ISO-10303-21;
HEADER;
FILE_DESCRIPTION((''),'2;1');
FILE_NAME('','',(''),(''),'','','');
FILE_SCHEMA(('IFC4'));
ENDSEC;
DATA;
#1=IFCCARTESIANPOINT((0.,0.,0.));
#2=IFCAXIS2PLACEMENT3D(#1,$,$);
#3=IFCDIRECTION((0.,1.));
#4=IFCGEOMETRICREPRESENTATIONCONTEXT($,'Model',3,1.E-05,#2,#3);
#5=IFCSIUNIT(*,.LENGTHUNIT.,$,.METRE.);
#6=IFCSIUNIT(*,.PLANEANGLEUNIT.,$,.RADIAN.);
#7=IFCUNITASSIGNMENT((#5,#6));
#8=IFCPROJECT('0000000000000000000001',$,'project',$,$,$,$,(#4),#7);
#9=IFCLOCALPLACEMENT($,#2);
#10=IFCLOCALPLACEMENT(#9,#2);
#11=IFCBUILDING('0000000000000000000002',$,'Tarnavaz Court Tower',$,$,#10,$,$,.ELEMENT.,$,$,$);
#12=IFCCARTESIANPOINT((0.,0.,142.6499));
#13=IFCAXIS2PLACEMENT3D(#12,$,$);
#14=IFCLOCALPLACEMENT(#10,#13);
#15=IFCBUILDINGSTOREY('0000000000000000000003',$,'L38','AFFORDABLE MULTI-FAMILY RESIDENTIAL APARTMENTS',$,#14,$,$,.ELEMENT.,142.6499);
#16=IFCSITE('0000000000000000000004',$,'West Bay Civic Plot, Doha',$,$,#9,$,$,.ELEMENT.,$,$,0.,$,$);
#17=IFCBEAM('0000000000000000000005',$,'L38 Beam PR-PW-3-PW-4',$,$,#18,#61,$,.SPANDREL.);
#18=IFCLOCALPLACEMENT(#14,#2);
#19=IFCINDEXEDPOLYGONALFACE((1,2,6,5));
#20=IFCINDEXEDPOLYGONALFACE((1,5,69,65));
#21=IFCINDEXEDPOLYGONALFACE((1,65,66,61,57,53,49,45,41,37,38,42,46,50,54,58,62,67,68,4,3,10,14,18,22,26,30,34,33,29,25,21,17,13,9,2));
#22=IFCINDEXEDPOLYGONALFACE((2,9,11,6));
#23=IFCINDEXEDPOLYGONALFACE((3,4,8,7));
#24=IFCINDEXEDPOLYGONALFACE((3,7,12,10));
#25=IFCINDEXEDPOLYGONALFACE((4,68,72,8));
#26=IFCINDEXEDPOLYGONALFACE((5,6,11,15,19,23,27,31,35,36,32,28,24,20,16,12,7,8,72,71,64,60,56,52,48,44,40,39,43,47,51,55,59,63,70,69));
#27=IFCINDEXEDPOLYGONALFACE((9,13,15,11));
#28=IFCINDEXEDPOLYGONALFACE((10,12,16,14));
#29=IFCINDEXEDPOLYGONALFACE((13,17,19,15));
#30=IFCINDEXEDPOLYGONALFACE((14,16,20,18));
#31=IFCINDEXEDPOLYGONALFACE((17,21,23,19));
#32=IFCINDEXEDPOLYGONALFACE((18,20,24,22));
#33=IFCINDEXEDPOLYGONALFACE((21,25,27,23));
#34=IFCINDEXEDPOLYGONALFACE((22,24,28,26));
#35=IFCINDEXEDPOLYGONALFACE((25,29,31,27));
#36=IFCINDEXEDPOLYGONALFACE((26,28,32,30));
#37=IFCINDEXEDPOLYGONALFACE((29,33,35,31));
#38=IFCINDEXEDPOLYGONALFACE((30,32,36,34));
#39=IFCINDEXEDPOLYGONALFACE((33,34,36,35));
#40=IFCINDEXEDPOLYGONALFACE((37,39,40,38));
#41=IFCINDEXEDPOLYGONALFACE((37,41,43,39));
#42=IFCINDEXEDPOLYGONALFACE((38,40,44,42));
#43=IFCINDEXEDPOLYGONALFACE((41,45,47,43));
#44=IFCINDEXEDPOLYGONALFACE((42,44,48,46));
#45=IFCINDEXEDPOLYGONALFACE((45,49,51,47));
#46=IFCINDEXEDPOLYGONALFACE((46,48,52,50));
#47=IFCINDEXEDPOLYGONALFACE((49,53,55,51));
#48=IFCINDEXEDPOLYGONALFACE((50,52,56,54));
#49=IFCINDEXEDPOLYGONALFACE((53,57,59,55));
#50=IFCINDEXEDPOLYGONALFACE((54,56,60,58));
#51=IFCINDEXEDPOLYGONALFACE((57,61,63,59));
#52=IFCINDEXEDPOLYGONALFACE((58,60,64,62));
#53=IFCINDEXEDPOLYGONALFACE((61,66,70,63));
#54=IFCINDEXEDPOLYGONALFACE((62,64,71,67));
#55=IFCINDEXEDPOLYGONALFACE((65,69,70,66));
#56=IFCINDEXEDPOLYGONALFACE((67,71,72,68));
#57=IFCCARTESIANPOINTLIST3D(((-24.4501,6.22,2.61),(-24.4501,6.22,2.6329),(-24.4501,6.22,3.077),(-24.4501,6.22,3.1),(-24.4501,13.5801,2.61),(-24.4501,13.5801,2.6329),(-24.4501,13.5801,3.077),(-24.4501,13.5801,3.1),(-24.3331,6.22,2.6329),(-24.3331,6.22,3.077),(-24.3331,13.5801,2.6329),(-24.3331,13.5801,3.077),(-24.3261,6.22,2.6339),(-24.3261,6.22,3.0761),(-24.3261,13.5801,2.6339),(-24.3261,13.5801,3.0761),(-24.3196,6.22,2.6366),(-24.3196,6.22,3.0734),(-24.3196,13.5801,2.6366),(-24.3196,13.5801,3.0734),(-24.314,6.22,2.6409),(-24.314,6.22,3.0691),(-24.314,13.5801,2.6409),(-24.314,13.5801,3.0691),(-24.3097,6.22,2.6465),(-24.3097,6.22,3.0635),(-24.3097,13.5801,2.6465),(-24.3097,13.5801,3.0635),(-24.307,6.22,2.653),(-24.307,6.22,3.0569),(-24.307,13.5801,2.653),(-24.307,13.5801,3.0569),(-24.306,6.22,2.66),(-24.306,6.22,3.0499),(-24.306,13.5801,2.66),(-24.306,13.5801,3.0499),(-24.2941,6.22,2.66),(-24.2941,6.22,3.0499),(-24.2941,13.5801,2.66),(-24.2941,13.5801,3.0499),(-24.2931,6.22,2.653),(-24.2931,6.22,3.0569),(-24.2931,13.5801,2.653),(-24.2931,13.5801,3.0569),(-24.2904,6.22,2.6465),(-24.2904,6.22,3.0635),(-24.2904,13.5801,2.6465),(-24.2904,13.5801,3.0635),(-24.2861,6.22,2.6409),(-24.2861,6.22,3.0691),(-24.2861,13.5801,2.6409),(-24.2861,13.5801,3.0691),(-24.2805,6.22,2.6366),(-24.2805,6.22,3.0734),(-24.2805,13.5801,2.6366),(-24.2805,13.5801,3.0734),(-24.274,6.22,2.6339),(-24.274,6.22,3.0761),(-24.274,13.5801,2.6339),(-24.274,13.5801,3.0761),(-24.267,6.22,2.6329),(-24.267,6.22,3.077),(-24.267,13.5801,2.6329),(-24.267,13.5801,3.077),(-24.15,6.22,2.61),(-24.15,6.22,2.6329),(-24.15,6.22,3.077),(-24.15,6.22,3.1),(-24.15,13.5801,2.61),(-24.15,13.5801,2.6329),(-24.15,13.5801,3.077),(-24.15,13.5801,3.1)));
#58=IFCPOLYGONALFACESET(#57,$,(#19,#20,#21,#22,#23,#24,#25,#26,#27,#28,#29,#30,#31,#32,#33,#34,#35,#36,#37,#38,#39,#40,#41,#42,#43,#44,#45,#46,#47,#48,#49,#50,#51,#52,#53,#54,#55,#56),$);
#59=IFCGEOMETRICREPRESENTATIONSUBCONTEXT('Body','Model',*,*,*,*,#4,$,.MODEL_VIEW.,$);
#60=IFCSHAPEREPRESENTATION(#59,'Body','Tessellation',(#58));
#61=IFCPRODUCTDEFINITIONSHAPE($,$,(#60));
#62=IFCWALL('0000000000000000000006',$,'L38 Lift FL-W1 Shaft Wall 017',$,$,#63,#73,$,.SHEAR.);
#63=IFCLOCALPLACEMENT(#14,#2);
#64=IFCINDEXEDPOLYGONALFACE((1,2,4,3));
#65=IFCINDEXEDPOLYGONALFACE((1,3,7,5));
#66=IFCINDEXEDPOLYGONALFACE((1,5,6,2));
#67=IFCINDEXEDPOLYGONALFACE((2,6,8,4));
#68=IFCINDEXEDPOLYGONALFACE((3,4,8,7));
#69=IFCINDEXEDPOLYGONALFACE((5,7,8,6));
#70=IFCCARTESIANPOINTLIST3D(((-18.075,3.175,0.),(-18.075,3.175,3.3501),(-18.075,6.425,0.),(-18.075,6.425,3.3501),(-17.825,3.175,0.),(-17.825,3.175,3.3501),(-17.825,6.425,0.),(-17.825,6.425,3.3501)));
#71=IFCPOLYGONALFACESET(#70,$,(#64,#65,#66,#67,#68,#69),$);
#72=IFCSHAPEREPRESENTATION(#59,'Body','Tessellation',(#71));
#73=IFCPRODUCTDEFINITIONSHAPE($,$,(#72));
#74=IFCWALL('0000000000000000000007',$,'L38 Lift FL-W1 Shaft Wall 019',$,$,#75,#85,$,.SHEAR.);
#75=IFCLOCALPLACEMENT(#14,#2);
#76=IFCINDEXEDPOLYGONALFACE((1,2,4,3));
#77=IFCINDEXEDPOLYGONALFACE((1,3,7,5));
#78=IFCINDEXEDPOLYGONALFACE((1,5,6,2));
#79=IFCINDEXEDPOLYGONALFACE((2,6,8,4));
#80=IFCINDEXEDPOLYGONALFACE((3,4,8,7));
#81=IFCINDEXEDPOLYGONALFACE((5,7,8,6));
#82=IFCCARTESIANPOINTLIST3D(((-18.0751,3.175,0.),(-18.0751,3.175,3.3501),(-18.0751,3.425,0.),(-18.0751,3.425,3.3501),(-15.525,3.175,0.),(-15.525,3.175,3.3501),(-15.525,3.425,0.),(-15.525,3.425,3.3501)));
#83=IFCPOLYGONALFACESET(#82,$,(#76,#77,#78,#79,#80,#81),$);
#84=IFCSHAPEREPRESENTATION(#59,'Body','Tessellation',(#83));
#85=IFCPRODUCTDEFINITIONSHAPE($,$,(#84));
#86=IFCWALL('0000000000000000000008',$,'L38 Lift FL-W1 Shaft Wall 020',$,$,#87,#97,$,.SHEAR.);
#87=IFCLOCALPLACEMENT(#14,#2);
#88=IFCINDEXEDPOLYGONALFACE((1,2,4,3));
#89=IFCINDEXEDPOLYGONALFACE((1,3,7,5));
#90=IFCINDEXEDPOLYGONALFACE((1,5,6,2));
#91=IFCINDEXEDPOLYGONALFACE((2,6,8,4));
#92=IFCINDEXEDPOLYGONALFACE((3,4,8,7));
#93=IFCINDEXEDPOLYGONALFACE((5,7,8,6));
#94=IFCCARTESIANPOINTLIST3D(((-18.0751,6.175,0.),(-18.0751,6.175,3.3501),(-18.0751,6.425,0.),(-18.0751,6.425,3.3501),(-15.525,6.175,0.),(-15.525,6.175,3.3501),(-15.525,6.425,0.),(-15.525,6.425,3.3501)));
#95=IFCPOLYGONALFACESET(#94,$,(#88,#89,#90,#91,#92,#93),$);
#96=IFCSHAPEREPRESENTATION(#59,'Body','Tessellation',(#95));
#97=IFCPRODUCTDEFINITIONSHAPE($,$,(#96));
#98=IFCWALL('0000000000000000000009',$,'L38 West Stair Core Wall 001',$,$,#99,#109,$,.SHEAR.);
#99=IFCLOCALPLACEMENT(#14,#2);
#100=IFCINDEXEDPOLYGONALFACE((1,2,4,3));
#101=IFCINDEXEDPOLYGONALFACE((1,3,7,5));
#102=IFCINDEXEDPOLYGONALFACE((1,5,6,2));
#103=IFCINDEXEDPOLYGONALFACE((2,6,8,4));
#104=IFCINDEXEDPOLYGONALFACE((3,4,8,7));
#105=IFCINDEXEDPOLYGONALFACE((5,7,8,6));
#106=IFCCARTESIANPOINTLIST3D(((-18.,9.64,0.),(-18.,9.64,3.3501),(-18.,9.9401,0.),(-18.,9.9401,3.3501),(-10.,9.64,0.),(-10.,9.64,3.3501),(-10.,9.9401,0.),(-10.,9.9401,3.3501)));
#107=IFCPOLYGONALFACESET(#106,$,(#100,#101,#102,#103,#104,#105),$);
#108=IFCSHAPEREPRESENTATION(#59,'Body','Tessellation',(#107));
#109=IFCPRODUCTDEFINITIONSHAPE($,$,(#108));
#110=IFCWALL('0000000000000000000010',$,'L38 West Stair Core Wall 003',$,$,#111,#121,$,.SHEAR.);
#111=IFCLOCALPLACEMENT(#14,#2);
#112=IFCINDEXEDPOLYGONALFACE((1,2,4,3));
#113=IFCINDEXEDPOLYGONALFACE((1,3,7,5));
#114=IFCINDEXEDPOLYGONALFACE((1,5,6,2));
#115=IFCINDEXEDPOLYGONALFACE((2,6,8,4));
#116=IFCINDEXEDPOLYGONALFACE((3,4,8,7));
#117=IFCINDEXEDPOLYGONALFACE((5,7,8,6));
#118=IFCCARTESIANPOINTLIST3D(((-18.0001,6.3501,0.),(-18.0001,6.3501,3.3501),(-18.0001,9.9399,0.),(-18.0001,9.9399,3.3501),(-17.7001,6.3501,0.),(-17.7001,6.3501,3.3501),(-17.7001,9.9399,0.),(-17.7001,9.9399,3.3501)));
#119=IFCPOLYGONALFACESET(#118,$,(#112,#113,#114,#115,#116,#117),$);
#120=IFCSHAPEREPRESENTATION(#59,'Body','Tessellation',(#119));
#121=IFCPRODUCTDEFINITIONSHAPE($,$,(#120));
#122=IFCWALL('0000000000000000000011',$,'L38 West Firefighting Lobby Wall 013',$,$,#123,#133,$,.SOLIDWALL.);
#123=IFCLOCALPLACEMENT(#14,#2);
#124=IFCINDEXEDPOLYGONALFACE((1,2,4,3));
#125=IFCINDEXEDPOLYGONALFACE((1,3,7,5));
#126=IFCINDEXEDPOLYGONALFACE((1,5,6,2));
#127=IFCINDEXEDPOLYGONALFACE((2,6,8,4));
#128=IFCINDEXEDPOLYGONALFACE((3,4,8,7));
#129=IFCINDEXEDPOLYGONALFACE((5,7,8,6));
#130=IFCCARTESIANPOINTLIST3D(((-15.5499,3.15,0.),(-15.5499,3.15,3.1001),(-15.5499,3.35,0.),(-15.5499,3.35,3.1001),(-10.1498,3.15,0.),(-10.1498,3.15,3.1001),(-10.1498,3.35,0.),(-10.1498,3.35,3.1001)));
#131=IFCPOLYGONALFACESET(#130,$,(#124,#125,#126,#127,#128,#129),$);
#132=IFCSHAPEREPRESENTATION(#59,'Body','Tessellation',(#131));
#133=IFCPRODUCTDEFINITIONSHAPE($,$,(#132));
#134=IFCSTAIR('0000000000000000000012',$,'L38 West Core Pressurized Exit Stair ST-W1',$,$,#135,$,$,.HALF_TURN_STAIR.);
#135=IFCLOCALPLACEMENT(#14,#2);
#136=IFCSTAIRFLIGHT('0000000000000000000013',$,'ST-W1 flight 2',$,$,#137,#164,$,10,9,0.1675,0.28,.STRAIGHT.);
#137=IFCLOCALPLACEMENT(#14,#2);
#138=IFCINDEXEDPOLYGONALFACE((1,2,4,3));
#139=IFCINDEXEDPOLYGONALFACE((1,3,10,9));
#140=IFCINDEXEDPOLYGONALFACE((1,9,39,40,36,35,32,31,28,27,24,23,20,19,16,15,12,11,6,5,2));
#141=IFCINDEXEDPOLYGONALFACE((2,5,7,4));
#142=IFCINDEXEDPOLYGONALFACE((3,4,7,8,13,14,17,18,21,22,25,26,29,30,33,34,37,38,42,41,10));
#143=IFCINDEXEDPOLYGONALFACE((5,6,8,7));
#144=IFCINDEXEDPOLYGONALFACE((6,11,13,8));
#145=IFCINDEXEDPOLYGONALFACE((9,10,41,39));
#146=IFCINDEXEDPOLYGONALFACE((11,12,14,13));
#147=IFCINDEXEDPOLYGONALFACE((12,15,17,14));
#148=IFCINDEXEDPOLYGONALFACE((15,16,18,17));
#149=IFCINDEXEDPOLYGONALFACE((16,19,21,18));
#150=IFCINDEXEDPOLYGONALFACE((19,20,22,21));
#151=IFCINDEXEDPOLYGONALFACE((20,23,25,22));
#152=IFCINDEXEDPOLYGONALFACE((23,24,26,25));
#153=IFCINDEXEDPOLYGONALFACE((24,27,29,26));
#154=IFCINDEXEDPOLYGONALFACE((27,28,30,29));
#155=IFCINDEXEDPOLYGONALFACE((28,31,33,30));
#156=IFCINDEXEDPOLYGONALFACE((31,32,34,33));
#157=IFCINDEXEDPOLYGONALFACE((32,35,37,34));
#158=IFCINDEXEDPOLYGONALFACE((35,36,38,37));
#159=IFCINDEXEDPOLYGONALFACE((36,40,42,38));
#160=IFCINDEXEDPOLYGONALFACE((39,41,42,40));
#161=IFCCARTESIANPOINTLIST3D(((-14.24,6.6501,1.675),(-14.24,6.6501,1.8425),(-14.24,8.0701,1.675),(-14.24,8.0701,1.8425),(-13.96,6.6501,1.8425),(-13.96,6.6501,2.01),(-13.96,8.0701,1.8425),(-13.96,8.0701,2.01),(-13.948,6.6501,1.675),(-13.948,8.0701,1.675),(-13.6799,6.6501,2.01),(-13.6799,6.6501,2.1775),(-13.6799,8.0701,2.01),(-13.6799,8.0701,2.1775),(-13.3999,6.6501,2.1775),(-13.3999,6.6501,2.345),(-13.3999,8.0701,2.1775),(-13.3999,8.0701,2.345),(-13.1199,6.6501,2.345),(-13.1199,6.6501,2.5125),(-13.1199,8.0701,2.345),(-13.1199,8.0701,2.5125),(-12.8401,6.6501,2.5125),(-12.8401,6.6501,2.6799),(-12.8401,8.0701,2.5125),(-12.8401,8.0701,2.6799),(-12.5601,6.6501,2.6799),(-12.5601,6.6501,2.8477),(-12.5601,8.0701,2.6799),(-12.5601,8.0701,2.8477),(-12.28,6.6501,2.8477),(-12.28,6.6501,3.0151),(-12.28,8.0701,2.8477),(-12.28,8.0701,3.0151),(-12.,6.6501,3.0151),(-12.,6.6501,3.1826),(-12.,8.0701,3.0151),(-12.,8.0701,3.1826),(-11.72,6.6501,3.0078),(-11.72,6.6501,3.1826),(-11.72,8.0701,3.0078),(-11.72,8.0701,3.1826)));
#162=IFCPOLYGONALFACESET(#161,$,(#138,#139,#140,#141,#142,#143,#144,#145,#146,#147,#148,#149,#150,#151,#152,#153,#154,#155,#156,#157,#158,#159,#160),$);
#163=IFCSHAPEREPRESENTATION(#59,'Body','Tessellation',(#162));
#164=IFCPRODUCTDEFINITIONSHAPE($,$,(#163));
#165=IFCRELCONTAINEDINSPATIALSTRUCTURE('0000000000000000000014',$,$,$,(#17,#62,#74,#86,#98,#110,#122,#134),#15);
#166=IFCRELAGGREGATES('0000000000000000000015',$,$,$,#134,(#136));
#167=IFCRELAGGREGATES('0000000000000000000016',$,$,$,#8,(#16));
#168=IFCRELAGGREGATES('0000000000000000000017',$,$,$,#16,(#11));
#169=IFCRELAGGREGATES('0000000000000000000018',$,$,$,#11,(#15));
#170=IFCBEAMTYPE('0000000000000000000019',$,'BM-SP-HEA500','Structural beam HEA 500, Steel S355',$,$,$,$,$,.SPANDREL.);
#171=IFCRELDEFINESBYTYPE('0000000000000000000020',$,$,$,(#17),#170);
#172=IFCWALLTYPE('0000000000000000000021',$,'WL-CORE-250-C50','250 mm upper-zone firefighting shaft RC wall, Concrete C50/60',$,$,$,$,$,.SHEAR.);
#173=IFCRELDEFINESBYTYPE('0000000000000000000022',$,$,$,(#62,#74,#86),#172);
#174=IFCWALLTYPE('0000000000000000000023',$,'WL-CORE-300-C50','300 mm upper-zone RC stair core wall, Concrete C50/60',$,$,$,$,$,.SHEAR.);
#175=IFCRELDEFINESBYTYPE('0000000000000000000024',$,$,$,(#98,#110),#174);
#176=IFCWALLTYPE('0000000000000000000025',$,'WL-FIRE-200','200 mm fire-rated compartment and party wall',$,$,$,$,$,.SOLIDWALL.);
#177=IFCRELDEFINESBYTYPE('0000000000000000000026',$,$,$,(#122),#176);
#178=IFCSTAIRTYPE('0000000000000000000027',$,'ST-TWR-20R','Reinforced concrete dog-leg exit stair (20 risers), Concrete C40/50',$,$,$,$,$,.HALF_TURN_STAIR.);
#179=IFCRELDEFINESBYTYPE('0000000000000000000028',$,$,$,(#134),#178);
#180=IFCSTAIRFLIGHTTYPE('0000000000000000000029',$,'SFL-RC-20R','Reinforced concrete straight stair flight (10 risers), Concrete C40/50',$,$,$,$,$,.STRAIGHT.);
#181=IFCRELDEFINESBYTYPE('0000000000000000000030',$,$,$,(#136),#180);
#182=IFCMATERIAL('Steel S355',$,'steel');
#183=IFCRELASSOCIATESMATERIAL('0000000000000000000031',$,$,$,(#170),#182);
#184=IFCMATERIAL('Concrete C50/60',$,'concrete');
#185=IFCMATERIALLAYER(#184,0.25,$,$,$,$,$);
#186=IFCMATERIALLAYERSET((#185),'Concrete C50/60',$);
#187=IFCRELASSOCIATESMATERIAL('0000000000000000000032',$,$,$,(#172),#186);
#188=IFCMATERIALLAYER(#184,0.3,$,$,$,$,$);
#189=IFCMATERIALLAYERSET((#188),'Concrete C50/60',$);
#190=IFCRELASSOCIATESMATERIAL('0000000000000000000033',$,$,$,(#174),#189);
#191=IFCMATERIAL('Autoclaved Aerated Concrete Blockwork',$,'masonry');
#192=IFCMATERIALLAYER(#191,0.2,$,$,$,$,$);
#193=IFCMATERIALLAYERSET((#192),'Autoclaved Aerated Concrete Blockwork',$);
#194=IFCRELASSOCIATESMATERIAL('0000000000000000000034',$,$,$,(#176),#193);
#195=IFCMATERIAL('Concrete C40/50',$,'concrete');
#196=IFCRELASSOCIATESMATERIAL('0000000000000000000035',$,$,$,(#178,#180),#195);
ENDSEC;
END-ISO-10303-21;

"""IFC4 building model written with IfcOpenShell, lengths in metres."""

from ifc_helpers import new_model, si_unit, direction, frame, frame_2d, origin, origin_2d, place, context, subcontext, project, spatial, polyline, rectangle, i_section, outline, extrude, material, layer, layer_set, material_profile, profile_set, type_object, element, aggregate, save


model = new_model("IFC4")

# Units and contexts
model_context = context("Model", 3, precision=1e-05, world=origin(), true_north=direction((0.0, 1.0)))
body_context = subcontext(model_context, "Body", "Model", "MODEL_VIEW")
ifc_project = project(units=[si_unit("LENGTHUNIT", "METRE"), si_unit("PLANEANGLEUNIT", "RADIAN")], contexts=[model_context])

# Site, building, storey
site_placement = place(None, origin())
site = spatial("IfcSite", under=ifc_project, at=site_placement, Name="West Bay Civic Plot, Doha", CompositionType="ELEMENT", RefElevation=0.0)
building_placement = place(site_placement, origin())
building = spatial("IfcBuilding", under=site, at=building_placement, Name="Tarnavaz Court Tower", CompositionType="ELEMENT")
storey_placement = place(building_placement, frame((0.0, 0.0, 142.6499)))
storey = spatial("IfcBuildingStorey", under=building, at=storey_placement, Name="L38", Description="AFFORDABLE MULTI-FAMILY RESIDENTIAL APARTMENTS", CompositionType="ELEMENT", Elevation=142.6499)

# Shared definitions
ifc_material_1 = material(Name="Concrete C50/60", Category="concrete")

# Beam
ifc_material_2 = material(Name="Steel S355", Category="steel")
ifc_material_profile_1 = material_profile(ifc_material_2, i_section(OverallWidth=0.3, OverallDepth=0.49, WebThickness=0.012, FlangeThickness=0.0229, FilletRadius=0.0271, at=origin_2d()), Name="HEA 500")
ifc_profile_set_1 = profile_set([ifc_material_profile_1], Name="Steel S355")
beam_type_1 = type_object("IfcBeamType", Name="BM-SP-HEA500", Description="Structural beam HEA 500, Steel S355", PredefinedType="SPANDREL", material=ifc_profile_set_1)
beam_1_placement = place(storey_placement, frame((-24.3, 6.22, 2.855), z_axis=(0.0, 1.0, 0.0), x_axis=(-1.0, 0.0, 0.0)))
element("IfcBeam", 1, at=beam_1_placement, inside=storey, type_object=beam_type_1, Name="L38 Beam PR-PW-3-PW-4", PredefinedType="SPANDREL", context=body_context, shape_type="SweptSolid", body=[
    extrude(i_section(OverallWidth=0.3, OverallDepth=0.49, WebThickness=0.012, FlangeThickness=0.0229, FilletRadius=0.0271, at=origin_2d()), origin(), (0.0, 0.0, 1.0), 7.3601),
])

# Wall
ifc_layer_1 = layer(ifc_material_1, 0.25)
ifc_layer_set_1 = layer_set([ifc_layer_1], Name="Concrete C50/60")
wall_type_1 = type_object("IfcWallType", Name="WL-CORE-250-C50", Description="250 mm upper-zone firefighting shaft RC wall, Concrete C50/60", PredefinedType="SHEAR", material=ifc_layer_set_1)
wall_1_placement = place(storey_placement, frame((-17.95, 3.175, 0.0), z_axis=(0.0, 0.0, 1.0), x_axis=(0.0, 1.0, 0.0)))
element("IfcWall", 2, at=wall_1_placement, inside=storey, type_object=wall_type_1, Name="L38 Lift FL-W1 Shaft Wall 017", PredefinedType="SHEAR", context=body_context, shape_type="SweptSolid", body=[
    extrude(rectangle(XDim=3.25, YDim=0.25, at=frame_2d((1.625, 0.0))), origin(), (0.0, 0.0, 1.0), 3.3501),
])

# Walls
for number, where, z_axis, x_axis, name in (
    (3, (-18.075, 3.3, 0.0), (0.0, 0.0, 1.0), (1.0, 0.0, 0.0), "L38 Lift FL-W1 Shaft Wall 019"),
    (4, (-18.075, 6.3, 0.0), (0.0, 0.0, 1.0), (1.0, 0.0, 0.0), "L38 Lift FL-W1 Shaft Wall 020"),
):
    element("IfcWall", number, at=place(storey_placement, frame(where, z_axis=z_axis, x_axis=x_axis)), inside=storey, type_object=wall_type_1, Name=name, PredefinedType="SHEAR", context=body_context, shape_type="SweptSolid", body=[
        extrude(rectangle(XDim=2.55, YDim=0.25, at=frame_2d((1.2749, 0.0))), origin(), (0.0, 0.0, 1.0), 3.3501),
    ])
ifc_layer_2 = layer(ifc_material_1, 0.3)
ifc_layer_set_2 = layer_set([ifc_layer_2], Name="Concrete C50/60")
wall_type_2 = type_object("IfcWallType", Name="WL-CORE-300-C50", Description="300 mm upper-zone RC stair core wall, Concrete C50/60", PredefinedType="SHEAR", material=ifc_layer_set_2)
wall_2_placement = place(storey_placement, frame((-18.0, 9.79, 0.0), z_axis=(0.0, 0.0, 1.0), x_axis=(1.0, 0.0, 0.0)))
element("IfcWall", 5, at=wall_2_placement, inside=storey, type_object=wall_type_2, Name="L38 West Stair Core Wall 001", PredefinedType="SHEAR", context=body_context, shape_type="SweptSolid", body=[
    extrude(rectangle(XDim=8.0, YDim=0.3, at=frame_2d((4.0, 0.0))), origin(), (0.0, 0.0, 1.0), 3.3501),
])

# Walls
wall_3_placement = place(storey_placement, frame((-17.8501, 6.3501, 0.0), z_axis=(0.0, 0.0, 1.0), x_axis=(0.0, 1.0, 0.0)))
element("IfcWall", 6, at=wall_3_placement, inside=storey, type_object=wall_type_2, Name="L38 West Stair Core Wall 003", PredefinedType="SHEAR", context=body_context, shape_type="SweptSolid", body=[
    extrude(rectangle(XDim=3.5898, YDim=0.3, at=frame_2d((1.7949, 0.0))), origin(), (0.0, 0.0, 1.0), 3.3501),
])
ifc_material_3 = material(Name="Autoclaved Aerated Concrete Blockwork", Category="masonry")
ifc_layer_3 = layer(ifc_material_3, 0.2)
ifc_layer_set_3 = layer_set([ifc_layer_3], Name="Autoclaved Aerated Concrete Blockwork")
wall_type_3 = type_object("IfcWallType", Name="WL-FIRE-200", Description="200 mm fire-rated compartment and party wall", PredefinedType="SOLIDWALL", material=ifc_layer_set_3)
wall_4_placement = place(storey_placement, frame((-15.55, 3.25, 0.0), z_axis=(0.0, 0.0, 1.0), x_axis=(1.0, 0.0, 0.0)))
element("IfcWall", 7, at=wall_4_placement, inside=storey, type_object=wall_type_3, Name="L38 West Firefighting Lobby Wall 013", PredefinedType="SOLIDWALL", context=body_context, shape_type="SweptSolid", body=[
    extrude(rectangle(XDim=5.4001, YDim=0.2, at=frame_2d((2.7002, 0.0))), origin(), (0.0, 0.0, 1.0), 3.1001),
])

# Stair, stair flight
ifc_material_4 = material(Name="Concrete C40/50", Category="concrete")
stair_type = type_object("IfcStairType", Name="ST-TWR-20R", Description="Reinforced concrete dog-leg exit stair (20 risers), Concrete C40/50", PredefinedType="HALF_TURN_STAIR", material=ifc_material_4)
stair_placement = place(storey_placement, origin())
stair = element("IfcStair", 8, at=stair_placement, inside=storey, type_object=stair_type, Name="L38 West Core Pressurized Exit Stair ST-W1", PredefinedType="HALF_TURN_STAIR")
stair_flight_type = type_object("IfcStairFlightType", Name="SFL-RC-20R", Description="Reinforced concrete straight stair flight (10 risers), Concrete C40/50", PredefinedType="STRAIGHT", material=ifc_material_4)
stair_flight_placement = place(storey_placement, frame((-14.24, 7.3601, 1.675), z_axis=(0.0, 0.0, 1.0), x_axis=(1.0, 0.0, 0.0)))
stair_flight = element("IfcStairFlight", 9, at=stair_flight_placement, type_object=stair_flight_type, Name="ST-W1 flight 2", NumberOfRisers=10, NumberOfTreads=9, PredefinedType="STRAIGHT", RiserHeight=0.1675, TreadLength=0.28, context=body_context, shape_type="SweptSolid", body=[
    extrude(outline(polyline([(0.0, 0.0), (0.0, 0.1675), (0.28, 0.1675), (0.28, 0.335), (0.5601, 0.335), (0.5601, 0.5024), (0.8401, 0.5024), (0.8401, 0.6699), (1.1201, 0.6699), (1.1201, 0.8374), (1.3999, 0.8374), (1.3999, 1.0049), (1.6799, 1.0049), (1.6799, 1.1726), (1.96, 1.1726), (1.96, 1.3401), (2.24, 1.3401), (2.24, 1.5076), (2.52, 1.5076), (2.52, 1.675), (2.52, 1.3328), (0.292, 0.0), (0.0, 0.0)])), frame((0.0, 0.71, 0.0), z_axis=(0.0, -1.0, 0.0), x_axis=(1.0, 0.0, 0.0)), (0.0, 0.0, 1.0), 1.4199),
])
aggregate(stair, [stair_flight])

save(model, "model.ifc")
